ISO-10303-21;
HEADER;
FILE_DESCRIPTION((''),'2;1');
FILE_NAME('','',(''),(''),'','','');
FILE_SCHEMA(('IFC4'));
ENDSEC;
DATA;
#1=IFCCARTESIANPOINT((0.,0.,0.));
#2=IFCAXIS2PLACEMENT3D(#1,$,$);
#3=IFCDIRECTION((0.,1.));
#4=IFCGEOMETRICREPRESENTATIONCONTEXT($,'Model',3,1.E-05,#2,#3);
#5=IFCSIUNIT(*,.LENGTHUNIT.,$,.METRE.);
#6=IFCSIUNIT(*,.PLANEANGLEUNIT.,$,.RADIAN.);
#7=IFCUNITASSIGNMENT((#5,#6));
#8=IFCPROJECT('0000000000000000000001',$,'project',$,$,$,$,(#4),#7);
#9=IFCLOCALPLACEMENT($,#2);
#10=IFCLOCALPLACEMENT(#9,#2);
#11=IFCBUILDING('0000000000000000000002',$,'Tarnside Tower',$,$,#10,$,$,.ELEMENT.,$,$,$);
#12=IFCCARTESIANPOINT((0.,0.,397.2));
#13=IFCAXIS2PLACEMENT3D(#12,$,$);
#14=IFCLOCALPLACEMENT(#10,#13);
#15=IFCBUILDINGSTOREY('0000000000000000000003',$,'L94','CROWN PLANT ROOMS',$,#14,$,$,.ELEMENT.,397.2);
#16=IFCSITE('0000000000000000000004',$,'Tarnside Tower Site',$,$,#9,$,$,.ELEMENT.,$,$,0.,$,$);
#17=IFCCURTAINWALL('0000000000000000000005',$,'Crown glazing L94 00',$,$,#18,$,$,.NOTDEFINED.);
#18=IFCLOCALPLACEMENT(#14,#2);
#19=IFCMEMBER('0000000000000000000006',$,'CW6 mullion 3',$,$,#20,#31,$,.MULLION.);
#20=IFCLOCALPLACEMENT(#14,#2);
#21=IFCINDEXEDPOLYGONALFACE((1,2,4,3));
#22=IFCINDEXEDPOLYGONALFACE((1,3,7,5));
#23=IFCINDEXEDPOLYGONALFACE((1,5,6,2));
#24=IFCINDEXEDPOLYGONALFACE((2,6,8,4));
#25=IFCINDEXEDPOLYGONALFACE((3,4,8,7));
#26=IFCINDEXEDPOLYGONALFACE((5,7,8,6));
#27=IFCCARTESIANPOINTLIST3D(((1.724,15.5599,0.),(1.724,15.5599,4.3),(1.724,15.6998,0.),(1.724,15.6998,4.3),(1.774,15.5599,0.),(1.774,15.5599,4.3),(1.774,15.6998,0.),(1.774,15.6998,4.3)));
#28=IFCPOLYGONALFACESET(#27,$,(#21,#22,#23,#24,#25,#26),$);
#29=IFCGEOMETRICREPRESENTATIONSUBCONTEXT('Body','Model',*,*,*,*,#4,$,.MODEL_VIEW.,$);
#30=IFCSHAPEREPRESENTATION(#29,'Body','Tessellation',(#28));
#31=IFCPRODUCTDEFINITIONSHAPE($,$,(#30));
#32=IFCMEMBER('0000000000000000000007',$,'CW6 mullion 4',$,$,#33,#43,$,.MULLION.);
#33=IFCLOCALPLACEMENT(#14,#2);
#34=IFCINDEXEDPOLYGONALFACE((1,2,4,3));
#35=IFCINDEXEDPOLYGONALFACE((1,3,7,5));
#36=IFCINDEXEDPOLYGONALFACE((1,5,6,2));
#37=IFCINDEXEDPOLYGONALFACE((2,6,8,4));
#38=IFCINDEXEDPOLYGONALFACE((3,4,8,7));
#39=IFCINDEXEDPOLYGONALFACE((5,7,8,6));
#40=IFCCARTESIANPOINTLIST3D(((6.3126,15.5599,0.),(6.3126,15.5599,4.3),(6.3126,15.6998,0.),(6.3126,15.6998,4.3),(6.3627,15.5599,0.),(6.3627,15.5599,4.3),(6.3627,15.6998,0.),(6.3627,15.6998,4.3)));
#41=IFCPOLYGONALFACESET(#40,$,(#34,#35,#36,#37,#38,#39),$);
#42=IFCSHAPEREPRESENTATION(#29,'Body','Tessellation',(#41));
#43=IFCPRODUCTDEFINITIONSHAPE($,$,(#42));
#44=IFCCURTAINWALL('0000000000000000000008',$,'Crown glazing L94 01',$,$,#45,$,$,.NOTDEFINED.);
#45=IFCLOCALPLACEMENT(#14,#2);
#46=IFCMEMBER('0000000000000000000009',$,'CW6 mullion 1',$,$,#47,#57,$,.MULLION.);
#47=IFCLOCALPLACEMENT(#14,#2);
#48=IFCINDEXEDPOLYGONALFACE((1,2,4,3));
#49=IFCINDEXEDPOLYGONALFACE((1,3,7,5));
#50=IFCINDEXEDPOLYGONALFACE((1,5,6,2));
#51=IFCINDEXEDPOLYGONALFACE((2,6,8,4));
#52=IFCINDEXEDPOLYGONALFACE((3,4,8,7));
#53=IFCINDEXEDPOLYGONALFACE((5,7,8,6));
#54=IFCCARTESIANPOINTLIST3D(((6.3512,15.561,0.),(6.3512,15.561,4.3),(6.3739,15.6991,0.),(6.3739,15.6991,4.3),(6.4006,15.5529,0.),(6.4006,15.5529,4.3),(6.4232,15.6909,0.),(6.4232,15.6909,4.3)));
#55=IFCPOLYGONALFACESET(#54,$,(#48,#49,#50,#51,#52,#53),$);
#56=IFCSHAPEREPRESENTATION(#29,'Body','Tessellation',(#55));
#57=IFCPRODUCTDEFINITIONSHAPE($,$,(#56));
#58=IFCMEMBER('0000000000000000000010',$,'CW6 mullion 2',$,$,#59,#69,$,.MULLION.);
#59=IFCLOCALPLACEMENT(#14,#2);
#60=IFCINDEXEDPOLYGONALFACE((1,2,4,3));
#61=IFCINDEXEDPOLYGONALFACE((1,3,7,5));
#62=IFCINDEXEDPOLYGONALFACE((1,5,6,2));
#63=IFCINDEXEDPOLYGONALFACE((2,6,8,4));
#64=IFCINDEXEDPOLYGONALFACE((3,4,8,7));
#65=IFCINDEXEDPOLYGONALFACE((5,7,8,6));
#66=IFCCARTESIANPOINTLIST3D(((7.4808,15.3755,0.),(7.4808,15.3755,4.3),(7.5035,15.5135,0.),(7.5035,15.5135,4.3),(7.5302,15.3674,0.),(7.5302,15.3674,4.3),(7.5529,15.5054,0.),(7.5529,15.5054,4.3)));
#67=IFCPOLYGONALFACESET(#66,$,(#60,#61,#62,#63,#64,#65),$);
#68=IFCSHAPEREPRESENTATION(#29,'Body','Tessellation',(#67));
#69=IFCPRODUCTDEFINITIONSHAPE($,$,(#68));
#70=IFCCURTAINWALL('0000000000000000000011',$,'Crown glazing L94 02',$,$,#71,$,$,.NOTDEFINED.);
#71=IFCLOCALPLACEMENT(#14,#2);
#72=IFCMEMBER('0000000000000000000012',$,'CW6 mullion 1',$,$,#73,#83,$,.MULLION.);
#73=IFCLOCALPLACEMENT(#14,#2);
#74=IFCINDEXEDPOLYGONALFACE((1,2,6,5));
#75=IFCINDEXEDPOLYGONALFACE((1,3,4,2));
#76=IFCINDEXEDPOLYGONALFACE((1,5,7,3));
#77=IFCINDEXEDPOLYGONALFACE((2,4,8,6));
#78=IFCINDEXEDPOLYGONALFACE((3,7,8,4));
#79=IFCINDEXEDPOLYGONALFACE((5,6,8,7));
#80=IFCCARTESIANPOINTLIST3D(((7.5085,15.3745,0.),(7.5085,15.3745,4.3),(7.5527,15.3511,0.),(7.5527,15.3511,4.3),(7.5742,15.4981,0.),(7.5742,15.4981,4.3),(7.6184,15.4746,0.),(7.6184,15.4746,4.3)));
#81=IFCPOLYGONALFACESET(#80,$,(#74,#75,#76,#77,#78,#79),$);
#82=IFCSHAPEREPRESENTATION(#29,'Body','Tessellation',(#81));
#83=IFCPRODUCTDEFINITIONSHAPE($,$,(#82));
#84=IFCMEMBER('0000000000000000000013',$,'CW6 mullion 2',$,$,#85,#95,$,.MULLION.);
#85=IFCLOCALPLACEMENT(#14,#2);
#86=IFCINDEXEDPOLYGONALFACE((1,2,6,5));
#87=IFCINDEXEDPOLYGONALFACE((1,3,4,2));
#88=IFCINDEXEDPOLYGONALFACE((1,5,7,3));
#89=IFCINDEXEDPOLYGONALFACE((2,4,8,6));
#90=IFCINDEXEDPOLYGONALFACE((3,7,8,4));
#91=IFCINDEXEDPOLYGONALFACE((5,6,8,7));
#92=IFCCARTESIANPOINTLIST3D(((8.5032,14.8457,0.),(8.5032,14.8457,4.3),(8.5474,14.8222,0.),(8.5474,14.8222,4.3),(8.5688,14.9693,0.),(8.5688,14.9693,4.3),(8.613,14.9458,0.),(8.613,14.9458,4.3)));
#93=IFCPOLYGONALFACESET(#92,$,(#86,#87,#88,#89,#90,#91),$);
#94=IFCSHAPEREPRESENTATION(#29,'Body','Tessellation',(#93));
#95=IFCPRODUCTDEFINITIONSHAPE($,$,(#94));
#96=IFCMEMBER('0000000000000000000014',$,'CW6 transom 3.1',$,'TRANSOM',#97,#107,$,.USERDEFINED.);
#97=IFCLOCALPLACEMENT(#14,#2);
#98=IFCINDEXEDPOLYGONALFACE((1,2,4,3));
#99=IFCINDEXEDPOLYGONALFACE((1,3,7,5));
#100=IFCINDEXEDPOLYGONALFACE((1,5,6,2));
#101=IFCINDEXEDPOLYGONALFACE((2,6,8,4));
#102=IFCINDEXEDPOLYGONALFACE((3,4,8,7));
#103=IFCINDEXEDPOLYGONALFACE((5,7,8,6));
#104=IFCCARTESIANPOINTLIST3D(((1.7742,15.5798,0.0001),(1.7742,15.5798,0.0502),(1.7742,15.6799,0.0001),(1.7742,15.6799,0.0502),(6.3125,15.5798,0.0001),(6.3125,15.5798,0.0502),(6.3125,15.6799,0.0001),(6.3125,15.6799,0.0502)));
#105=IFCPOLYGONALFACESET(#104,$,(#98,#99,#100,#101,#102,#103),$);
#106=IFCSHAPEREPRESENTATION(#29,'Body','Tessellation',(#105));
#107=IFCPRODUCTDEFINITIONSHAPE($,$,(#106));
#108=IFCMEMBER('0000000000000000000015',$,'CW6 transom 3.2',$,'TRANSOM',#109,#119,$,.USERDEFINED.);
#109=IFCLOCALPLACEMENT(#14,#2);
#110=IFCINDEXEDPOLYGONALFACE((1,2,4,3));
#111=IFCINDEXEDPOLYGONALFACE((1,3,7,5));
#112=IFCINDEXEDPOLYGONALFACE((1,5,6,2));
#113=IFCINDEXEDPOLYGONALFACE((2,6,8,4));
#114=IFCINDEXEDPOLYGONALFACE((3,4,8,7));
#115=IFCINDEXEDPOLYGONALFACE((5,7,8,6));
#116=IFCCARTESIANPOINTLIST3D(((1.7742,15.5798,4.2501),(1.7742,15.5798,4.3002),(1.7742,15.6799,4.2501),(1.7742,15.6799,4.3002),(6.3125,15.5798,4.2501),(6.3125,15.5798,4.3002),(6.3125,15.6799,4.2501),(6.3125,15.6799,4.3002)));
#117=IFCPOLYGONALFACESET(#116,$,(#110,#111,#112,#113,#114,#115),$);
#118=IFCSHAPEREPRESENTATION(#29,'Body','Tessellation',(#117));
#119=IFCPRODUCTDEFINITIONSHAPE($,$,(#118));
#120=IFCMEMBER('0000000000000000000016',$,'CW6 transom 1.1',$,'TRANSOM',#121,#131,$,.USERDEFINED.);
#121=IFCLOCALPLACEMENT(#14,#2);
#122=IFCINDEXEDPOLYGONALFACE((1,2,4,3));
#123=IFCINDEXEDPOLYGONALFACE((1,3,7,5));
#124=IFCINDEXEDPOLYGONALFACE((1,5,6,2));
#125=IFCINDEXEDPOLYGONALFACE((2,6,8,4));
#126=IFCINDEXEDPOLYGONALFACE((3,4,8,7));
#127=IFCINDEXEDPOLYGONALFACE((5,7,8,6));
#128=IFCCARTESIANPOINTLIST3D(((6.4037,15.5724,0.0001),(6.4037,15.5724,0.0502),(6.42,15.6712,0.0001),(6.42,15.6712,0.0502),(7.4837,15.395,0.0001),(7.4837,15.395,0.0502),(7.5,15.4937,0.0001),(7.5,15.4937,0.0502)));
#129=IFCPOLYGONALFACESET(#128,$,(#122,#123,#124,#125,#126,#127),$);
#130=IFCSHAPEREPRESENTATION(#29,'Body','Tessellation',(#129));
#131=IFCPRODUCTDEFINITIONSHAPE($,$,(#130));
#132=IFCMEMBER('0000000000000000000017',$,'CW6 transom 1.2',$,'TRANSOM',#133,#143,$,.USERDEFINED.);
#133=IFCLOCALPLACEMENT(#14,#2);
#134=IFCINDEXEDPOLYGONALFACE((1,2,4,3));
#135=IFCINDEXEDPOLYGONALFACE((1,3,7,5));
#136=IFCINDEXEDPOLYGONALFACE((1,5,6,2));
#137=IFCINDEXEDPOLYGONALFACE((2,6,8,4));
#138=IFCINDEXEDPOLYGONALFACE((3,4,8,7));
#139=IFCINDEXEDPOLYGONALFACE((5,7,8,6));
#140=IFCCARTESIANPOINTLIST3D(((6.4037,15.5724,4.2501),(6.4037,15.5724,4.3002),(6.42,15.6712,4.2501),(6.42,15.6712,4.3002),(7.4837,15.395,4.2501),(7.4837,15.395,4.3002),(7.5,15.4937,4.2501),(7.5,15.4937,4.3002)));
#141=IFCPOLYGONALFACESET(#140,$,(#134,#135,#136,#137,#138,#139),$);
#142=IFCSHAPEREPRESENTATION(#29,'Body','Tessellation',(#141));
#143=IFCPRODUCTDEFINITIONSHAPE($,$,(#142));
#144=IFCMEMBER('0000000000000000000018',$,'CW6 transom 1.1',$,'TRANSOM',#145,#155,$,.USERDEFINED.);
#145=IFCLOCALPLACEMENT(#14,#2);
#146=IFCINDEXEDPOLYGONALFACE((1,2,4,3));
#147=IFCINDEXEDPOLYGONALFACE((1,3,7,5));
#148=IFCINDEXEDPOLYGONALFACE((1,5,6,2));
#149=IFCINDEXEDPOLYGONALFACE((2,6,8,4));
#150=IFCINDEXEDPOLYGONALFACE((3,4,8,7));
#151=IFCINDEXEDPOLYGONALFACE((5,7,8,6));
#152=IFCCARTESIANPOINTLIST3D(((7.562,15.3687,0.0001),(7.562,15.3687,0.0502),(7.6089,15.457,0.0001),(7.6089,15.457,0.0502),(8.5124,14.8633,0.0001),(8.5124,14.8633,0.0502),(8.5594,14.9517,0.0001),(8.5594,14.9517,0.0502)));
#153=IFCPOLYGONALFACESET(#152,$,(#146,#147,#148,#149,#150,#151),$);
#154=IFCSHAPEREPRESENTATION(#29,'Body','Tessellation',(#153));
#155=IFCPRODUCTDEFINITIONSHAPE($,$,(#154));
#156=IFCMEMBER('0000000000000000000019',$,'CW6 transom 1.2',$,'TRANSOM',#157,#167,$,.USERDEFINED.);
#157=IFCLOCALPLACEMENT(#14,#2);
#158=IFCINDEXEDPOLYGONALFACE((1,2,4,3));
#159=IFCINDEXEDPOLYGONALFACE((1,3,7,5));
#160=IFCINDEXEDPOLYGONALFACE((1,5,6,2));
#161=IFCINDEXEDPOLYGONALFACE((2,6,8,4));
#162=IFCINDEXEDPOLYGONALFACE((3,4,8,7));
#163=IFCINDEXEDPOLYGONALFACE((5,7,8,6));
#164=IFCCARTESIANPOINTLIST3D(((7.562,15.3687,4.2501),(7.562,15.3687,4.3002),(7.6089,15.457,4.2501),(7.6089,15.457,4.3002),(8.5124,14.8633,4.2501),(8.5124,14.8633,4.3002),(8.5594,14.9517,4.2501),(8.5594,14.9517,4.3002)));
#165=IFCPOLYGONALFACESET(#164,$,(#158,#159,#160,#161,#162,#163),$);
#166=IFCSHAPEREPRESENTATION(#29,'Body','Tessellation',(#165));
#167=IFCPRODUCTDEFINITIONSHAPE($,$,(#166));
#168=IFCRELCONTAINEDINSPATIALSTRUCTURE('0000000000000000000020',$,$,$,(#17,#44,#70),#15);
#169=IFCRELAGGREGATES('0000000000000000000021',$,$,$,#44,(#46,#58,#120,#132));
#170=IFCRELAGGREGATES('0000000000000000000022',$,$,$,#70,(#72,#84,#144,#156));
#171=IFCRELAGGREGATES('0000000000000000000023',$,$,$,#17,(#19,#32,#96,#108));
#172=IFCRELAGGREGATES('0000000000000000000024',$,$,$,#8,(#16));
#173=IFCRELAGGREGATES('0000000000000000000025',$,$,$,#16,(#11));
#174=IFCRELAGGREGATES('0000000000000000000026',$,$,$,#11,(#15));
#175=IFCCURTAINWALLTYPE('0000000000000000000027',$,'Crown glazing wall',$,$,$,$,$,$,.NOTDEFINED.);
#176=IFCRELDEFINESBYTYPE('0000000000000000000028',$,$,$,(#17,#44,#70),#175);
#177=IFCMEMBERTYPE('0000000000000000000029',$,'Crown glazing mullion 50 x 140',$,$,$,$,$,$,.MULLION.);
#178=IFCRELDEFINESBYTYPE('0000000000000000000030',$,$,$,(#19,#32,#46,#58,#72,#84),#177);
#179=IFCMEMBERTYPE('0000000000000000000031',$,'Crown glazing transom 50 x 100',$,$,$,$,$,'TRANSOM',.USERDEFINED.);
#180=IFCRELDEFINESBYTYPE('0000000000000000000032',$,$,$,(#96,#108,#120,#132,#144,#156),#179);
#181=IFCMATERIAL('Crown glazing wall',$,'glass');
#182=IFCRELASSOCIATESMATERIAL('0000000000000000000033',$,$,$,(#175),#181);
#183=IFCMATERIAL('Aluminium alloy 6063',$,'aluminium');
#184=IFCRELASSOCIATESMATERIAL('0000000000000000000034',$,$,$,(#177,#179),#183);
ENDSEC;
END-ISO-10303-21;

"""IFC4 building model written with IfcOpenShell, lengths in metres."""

from ifc_helpers import new_model, si_unit, direction, frame, origin, origin_2d, place, context, subcontext, project, spatial, rectangle, extrude, material, material_profile, profile_set, type_object, element, aggregate, save


model = new_model("IFC4")

# Units and contexts
model_context = context("Model", 3, precision=1e-05, world=origin(), true_north=direction((0.0, 1.0)))
body_context = subcontext(model_context, "Body", "Model", "MODEL_VIEW")
ifc_project = project(units=[si_unit("LENGTHUNIT", "METRE"), si_unit("PLANEANGLEUNIT", "RADIAN")], contexts=[model_context])

# Site, building, storey
site_placement = place(None, origin())
site = spatial("IfcSite", under=ifc_project, at=site_placement, Name="Tarnside Tower Site", CompositionType="ELEMENT", RefElevation=0.0)
building_placement = place(site_placement, origin())
building = spatial("IfcBuilding", under=site, at=building_placement, Name="Tarnside Tower", CompositionType="ELEMENT")
storey_placement = place(building_placement, frame((0.0, 0.0, 397.2)))
storey = spatial("IfcBuildingStorey", under=building, at=storey_placement, Name="L94", Description="CROWN PLANT ROOMS", CompositionType="ELEMENT", Elevation=397.2)

# Curtain walls, members
ifc_material_1 = material(Name="Crown glazing wall", Category="glass")
curtain_wall_type = type_object("IfcCurtainWallType", Name="Crown glazing wall", PredefinedType="NOTDEFINED", material=ifc_material_1)
curtain_wall_1_placement = place(storey_placement, origin())
curtain_wall_1 = element("IfcCurtainWall", 1, at=curtain_wall_1_placement, inside=storey, type_object=curtain_wall_type, Name="Crown glazing L94 00", PredefinedType="NOTDEFINED")
ifc_material_2 = material(Name="Aluminium alloy 6063", Category="aluminium")
ifc_material_profile_1 = material_profile(ifc_material_2, rectangle(XDim=0.1399, YDim=0.05, at=origin_2d()), Name="Crown glazing mullion 50 x 140")
ifc_profile_set_1 = profile_set([ifc_material_profile_1], Name="Aluminium alloy 6063")
member_type_1 = type_object("IfcMemberType", Name="Crown glazing mullion 50 x 140", PredefinedType="MULLION", material=ifc_profile_set_1)
member_1_placement = place(storey_placement, frame((1.749, 15.6299, 0.0), z_axis=(0.0, 0.0, 1.0), x_axis=(0.0, 1.0, 0.0)))
member_1 = element("IfcMember", 2, at=member_1_placement, type_object=member_type_1, Name="CW6 mullion 3", PredefinedType="MULLION", context=body_context, shape_type="SweptSolid", body=[
    extrude(rectangle(XDim=0.1399, YDim=0.05, at=origin_2d()), origin(), (0.0, 0.0, 1.0), 4.3),
])
member_2_placement = place(storey_placement, frame((6.3376, 15.6299, 0.0), z_axis=(0.0, 0.0, 1.0), x_axis=(0.0, 1.0, 0.0)))
member_2 = element("IfcMember", 3, at=member_2_placement, type_object=member_type_1, Name="CW6 mullion 4", PredefinedType="MULLION", context=body_context, shape_type="SweptSolid", body=[
    extrude(rectangle(XDim=0.1399, YDim=0.05, at=origin_2d()), origin(), (0.0, 0.0, 1.0), 4.3),
])
curtain_wall_2_placement = place(storey_placement, origin())
curtain_wall_2 = element("IfcCurtainWall", 4, at=curtain_wall_2_placement, inside=storey, type_object=curtain_wall_type, Name="Crown glazing L94 01", PredefinedType="NOTDEFINED")
member_3_placement = place(storey_placement, frame((6.3872, 15.626, 0.0), z_axis=(0.0, 0.0, 1.0), x_axis=(0.162178, 0.986762, 0.0)))
member_3 = element("IfcMember", 5, at=member_3_placement, type_object=member_type_1, Name="CW6 mullion 1", PredefinedType="MULLION", context=body_context, shape_type="SweptSolid", body=[
    extrude(rectangle(XDim=0.1399, YDim=0.05, at=origin_2d()), origin(), (0.0, 0.0, 1.0), 4.3),
])
member_4_placement = place(storey_placement, frame((7.5168, 15.4404, 0.0), z_axis=(0.0, 0.0, 1.0), x_axis=(0.162178, 0.986762, 0.0)))
member_4 = element("IfcMember", 6, at=member_4_placement, type_object=member_type_1, Name="CW6 mullion 2", PredefinedType="MULLION", context=body_context, shape_type="SweptSolid", body=[
    extrude(rectangle(XDim=0.1399, YDim=0.05, at=origin_2d()), origin(), (0.0, 0.0, 1.0), 4.3),
])
curtain_wall_3_placement = place(storey_placement, origin())
curtain_wall_3 = element("IfcCurtainWall", 7, at=curtain_wall_3_placement, inside=storey, type_object=curtain_wall_type, Name="Crown glazing L94 02", PredefinedType="NOTDEFINED")
member_5_placement = place(storey_placement, frame((7.5635, 15.4246, 0.0), z_axis=(0.0, 0.0, 1.0), x_axis=(0.469472, 0.882948, 0.0)))
member_5 = element("IfcMember", 8, at=member_5_placement, type_object=member_type_1, Name="CW6 mullion 1", PredefinedType="MULLION", context=body_context, shape_type="SweptSolid", body=[
    extrude(rectangle(XDim=0.1399, YDim=0.05, at=origin_2d()), origin(), (0.0, 0.0, 1.0), 4.3),
])
member_6_placement = place(storey_placement, frame((8.5581, 14.8958, 0.0), z_axis=(0.0, 0.0, 1.0), x_axis=(0.469472, 0.882948, 0.0)))
member_6 = element("IfcMember", 9, at=member_6_placement, type_object=member_type_1, Name="CW6 mullion 2", PredefinedType="MULLION", context=body_context, shape_type="SweptSolid", body=[
    extrude(rectangle(XDim=0.1399, YDim=0.05, at=origin_2d()), origin(), (0.0, 0.0, 1.0), 4.3),
])

# Members
ifc_material_profile_2 = material_profile(ifc_material_2, rectangle(XDim=0.1001, YDim=0.05, at=origin_2d()), Name="Crown glazing transom 50 x 100")
ifc_profile_set_2 = profile_set([ifc_material_profile_2], Name="Aluminium alloy 6063")
member_type_2 = type_object("IfcMemberType", Name="Crown glazing transom 50 x 100", ElementType="TRANSOM", PredefinedType="USERDEFINED", material=ifc_profile_set_2)
member_7_placement = place(storey_placement, frame((1.7742, 15.6299, 0.0251), z_axis=(1.0, 0.0, 0.0), x_axis=(0.0, 1.0, 0.0)))
member_7 = element("IfcMember", 10, at=member_7_placement, type_object=member_type_2, Name="CW6 transom 3.1", ObjectType="TRANSOM", PredefinedType="USERDEFINED", context=body_context, shape_type="SweptSolid", body=[
    extrude(rectangle(XDim=0.1001, YDim=0.05, at=origin_2d()), origin(), (0.0, 0.0, 1.0), 4.5383),
])
member_8_placement = place(storey_placement, frame((1.7742, 15.6299, 4.2751), z_axis=(1.0, 0.0, 0.0), x_axis=(0.0, 1.0, 0.0)))
member_8 = element("IfcMember", 11, at=member_8_placement, type_object=member_type_2, Name="CW6 transom 3.2", ObjectType="TRANSOM", PredefinedType="USERDEFINED", context=body_context, shape_type="SweptSolid", body=[
    extrude(rectangle(XDim=0.1001, YDim=0.05, at=origin_2d()), origin(), (0.0, 0.0, 1.0), 4.5383),
])
member_9_placement = place(storey_placement, frame((6.4119, 15.6218, 0.0251), z_axis=(0.986765, -0.162156, 0.0), x_axis=(0.162156, 0.986765, 0.0)))
member_9 = element("IfcMember", 12, at=member_9_placement, type_object=member_type_2, Name="CW6 transom 1.1", ObjectType="TRANSOM", PredefinedType="USERDEFINED", context=body_context, shape_type="SweptSolid", body=[
    extrude(rectangle(XDim=0.1001, YDim=0.05, at=origin_2d()), origin(), (0.0, 0.0, 1.0), 1.0945),
])
member_10_placement = place(storey_placement, frame((6.4119, 15.6218, 4.2751), z_axis=(0.986765, -0.162156, 0.0), x_axis=(0.162156, 0.986765, 0.0)))
member_10 = element("IfcMember", 13, at=member_10_placement, type_object=member_type_2, Name="CW6 transom 1.2", ObjectType="TRANSOM", PredefinedType="USERDEFINED", context=body_context, shape_type="SweptSolid", body=[
    extrude(rectangle(XDim=0.1001, YDim=0.05, at=origin_2d()), origin(), (0.0, 0.0, 1.0), 1.0945),
])
member_11_placement = place(storey_placement, frame((7.5854, 15.4128, 0.0251), z_axis=(0.882942, -0.469481, 0.0), x_axis=(0.469481, 0.882942, 0.0)))
member_11 = element("IfcMember", 14, at=member_11_placement, type_object=member_type_2, Name="CW6 transom 1.1", ObjectType="TRANSOM", PredefinedType="USERDEFINED", context=body_context, shape_type="SweptSolid", body=[
    extrude(rectangle(XDim=0.1001, YDim=0.05, at=origin_2d()), origin(), (0.0, 0.0, 1.0), 1.0764),
])
member_12_placement = place(storey_placement, frame((7.5854, 15.4128, 4.2751), z_axis=(0.882942, -0.469481, 0.0), x_axis=(0.469481, 0.882942, 0.0)))
member_12 = element("IfcMember", 15, at=member_12_placement, type_object=member_type_2, Name="CW6 transom 1.2", ObjectType="TRANSOM", PredefinedType="USERDEFINED", context=body_context, shape_type="SweptSolid", body=[
    extrude(rectangle(XDim=0.1001, YDim=0.05, at=origin_2d()), origin(), (0.0, 0.0, 1.0), 1.0764),
])

aggregate(curtain_wall_2, [member_3, member_4, member_9, member_10])
aggregate(curtain_wall_3, [member_5, member_6, member_11, member_12])
aggregate(curtain_wall_1, [member_1, member_2, member_7, member_8])

save(model, "model.ifc")
